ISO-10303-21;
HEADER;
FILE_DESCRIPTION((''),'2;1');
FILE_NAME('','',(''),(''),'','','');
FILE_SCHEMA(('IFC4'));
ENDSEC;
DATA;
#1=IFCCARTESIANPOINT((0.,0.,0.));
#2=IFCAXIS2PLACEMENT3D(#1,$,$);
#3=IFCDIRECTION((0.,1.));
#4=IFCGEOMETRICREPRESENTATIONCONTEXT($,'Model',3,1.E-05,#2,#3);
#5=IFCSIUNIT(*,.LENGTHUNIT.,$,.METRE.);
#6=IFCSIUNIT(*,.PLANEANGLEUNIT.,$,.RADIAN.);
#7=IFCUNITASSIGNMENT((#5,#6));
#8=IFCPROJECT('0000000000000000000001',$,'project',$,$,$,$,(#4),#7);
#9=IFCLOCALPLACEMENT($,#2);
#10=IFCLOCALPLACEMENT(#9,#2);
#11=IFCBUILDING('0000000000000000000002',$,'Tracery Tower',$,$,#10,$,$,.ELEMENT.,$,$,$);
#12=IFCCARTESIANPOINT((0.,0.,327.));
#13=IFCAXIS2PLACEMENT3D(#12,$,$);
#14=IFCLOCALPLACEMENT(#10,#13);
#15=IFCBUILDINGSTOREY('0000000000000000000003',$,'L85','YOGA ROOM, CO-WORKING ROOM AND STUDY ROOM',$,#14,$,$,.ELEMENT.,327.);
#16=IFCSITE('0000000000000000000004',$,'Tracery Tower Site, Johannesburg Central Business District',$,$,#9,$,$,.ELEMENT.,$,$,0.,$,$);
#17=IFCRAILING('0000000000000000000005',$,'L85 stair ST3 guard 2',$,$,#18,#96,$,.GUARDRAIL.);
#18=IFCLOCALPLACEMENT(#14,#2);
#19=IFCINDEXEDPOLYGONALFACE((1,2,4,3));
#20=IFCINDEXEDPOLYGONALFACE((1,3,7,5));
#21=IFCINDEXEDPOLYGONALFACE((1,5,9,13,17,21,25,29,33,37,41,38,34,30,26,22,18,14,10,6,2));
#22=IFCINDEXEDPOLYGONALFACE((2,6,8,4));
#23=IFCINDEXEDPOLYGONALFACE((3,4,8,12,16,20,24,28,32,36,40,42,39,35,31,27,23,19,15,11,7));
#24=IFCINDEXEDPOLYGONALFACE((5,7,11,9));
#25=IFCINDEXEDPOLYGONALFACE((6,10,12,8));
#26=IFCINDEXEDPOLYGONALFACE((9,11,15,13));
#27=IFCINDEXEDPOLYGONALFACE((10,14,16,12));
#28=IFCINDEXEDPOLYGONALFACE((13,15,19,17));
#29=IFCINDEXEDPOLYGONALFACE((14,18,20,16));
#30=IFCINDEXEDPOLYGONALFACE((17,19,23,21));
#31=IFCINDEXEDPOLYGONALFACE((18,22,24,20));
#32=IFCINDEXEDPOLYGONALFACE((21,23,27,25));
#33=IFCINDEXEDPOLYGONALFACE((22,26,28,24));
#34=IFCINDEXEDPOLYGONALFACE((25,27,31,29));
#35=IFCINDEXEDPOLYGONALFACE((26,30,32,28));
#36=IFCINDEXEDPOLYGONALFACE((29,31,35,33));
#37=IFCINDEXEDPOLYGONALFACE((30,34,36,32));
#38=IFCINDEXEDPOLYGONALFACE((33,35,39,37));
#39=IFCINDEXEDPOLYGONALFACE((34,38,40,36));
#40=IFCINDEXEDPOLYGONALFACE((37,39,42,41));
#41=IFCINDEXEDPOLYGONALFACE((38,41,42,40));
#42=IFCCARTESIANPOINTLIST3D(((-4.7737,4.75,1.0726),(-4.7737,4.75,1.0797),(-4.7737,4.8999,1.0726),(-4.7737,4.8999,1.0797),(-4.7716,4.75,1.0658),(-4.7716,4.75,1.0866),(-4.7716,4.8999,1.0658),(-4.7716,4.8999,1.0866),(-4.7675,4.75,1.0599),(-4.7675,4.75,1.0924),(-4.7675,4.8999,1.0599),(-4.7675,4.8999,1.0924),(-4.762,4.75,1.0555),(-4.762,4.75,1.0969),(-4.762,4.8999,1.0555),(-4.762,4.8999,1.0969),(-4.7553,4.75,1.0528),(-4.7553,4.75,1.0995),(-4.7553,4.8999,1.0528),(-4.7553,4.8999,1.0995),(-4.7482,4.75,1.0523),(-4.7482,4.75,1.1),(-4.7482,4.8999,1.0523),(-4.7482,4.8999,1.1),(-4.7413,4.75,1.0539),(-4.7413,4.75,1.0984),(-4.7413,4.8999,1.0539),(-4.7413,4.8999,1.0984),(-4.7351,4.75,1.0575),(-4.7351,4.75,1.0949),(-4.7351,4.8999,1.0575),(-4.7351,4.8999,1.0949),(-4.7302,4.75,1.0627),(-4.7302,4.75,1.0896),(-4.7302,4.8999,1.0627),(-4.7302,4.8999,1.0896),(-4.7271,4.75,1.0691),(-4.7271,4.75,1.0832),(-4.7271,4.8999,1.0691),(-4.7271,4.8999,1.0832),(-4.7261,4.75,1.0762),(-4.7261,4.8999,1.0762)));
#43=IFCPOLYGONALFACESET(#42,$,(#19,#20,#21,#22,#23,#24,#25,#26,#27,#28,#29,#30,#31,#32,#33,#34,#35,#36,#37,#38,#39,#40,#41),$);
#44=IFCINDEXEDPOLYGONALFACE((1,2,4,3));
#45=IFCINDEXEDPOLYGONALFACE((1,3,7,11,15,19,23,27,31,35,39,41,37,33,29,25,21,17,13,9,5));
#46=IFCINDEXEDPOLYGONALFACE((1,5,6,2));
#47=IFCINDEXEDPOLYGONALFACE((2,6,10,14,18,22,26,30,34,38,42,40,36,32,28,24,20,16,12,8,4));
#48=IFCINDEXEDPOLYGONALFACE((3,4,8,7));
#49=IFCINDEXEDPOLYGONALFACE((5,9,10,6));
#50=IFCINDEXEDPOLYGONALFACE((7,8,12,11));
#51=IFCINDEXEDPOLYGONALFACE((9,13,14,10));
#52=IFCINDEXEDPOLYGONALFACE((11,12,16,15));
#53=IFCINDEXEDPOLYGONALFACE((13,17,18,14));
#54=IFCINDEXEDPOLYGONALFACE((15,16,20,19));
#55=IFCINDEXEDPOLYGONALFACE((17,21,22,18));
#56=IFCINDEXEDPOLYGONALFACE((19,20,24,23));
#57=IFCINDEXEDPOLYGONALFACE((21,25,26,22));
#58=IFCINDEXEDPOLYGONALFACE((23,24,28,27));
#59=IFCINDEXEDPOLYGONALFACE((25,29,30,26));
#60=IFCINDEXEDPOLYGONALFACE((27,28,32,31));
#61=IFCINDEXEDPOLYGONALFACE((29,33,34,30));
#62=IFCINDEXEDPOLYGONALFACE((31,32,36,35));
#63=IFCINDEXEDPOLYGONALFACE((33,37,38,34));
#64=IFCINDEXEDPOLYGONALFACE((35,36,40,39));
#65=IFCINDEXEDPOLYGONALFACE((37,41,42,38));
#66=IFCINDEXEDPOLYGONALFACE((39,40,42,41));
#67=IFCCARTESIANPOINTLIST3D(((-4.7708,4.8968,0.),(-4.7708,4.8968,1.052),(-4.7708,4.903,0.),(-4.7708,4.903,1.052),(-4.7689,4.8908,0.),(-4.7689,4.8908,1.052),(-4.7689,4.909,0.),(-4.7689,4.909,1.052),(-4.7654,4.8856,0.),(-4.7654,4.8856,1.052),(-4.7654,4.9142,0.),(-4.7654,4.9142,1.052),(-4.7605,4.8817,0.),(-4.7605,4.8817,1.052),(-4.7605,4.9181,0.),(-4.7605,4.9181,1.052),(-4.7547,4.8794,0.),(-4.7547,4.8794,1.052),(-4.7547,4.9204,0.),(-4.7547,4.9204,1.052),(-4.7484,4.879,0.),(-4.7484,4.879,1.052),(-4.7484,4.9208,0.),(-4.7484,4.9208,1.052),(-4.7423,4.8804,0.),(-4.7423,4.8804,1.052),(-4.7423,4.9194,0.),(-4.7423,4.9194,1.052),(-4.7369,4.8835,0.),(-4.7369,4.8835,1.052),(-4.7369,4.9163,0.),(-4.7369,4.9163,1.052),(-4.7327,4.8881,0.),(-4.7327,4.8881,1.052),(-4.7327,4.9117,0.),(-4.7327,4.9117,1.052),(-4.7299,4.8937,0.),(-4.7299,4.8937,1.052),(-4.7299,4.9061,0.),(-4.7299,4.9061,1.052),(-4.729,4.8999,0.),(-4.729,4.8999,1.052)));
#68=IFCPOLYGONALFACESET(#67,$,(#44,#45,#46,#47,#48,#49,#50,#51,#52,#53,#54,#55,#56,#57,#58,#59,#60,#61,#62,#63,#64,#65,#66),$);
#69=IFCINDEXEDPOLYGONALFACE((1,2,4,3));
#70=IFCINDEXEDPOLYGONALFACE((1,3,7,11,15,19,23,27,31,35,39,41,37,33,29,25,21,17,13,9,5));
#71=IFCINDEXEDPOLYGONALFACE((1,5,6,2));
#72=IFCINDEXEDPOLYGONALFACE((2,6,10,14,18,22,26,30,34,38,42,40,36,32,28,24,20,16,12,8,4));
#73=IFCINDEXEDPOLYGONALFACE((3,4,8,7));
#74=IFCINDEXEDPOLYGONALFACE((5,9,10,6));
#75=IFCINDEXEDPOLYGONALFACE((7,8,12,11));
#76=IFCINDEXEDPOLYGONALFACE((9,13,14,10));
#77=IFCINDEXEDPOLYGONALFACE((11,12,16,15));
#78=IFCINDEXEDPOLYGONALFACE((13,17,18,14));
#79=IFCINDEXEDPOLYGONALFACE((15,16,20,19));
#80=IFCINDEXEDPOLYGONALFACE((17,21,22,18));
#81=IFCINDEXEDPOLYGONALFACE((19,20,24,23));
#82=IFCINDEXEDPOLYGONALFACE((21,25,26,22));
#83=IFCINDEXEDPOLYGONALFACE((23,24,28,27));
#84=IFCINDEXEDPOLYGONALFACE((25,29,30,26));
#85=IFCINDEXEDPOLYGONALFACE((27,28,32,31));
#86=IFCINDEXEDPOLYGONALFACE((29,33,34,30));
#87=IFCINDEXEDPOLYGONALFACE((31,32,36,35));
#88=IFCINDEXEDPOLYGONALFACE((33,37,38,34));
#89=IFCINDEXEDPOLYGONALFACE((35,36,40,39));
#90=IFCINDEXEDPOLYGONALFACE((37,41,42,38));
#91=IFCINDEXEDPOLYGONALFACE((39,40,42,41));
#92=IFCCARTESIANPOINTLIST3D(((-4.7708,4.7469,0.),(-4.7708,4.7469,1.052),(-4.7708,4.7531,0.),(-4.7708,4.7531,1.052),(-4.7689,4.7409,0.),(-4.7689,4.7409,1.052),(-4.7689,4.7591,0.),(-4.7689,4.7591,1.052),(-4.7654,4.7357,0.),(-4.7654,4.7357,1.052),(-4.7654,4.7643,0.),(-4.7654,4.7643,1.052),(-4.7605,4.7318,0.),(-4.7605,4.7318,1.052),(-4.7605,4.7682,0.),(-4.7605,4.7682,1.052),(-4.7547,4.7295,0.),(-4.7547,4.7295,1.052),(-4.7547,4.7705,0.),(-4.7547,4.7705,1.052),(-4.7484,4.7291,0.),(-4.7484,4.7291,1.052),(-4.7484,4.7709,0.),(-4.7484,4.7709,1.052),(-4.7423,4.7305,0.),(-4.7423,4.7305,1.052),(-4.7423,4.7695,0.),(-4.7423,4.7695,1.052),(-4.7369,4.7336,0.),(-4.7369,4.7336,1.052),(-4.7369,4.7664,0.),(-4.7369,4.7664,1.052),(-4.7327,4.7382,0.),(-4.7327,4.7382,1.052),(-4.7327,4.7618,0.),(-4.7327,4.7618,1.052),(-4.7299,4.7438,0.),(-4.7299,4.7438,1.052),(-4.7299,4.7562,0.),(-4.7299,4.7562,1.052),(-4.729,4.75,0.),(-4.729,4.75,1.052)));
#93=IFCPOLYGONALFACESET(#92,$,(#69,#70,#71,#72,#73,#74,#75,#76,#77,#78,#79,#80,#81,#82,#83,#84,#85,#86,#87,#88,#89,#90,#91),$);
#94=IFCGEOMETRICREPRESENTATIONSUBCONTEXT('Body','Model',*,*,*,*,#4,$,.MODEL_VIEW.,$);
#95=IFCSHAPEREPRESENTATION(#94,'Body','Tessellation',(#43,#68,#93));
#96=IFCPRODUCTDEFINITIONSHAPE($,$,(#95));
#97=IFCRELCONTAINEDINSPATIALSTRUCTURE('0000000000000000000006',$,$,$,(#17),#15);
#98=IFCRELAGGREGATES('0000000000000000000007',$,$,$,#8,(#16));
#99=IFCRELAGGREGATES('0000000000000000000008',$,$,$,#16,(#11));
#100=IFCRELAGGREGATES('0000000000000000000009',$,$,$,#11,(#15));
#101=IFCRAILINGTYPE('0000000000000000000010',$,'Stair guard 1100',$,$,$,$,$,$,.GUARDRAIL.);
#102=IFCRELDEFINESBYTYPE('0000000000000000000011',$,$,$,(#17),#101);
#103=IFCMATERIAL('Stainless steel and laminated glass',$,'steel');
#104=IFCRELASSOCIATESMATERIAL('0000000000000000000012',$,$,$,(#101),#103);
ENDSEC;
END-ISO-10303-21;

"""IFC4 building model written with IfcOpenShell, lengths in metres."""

from ifc_helpers import new_model, si_unit, direction, frame, origin, origin_2d, place, context, subcontext, project, spatial, circle, extrude, material, type_object, element, save


model = new_model("IFC4")

# Units and contexts
model_context = context("Model", 3, precision=1e-05, world=origin(), true_north=direction((0.0, 1.0)))
body_context = subcontext(model_context, "Body", "Model", "MODEL_VIEW")
ifc_project = project(units=[si_unit("LENGTHUNIT", "METRE"), si_unit("PLANEANGLEUNIT", "RADIAN")], contexts=[model_context])

# Site, building, storey
site_placement = place(None, origin())
site = spatial("IfcSite", under=ifc_project, at=site_placement, Name="Tracery Tower Site, Johannesburg Central Business District", CompositionType="ELEMENT", RefElevation=0.0)
building_placement = place(site_placement, origin())
building = spatial("IfcBuilding", under=site, at=building_placement, Name="Tracery Tower", CompositionType="ELEMENT")
storey_placement = place(building_placement, frame((0.0, 0.0, 327.0)))
storey = spatial("IfcBuildingStorey", under=building, at=storey_placement, Name="L85", Description="YOGA ROOM, CO-WORKING ROOM AND STUDY ROOM", CompositionType="ELEMENT", Elevation=327.0)

# Railing
ifc_material_1 = material(Name="Stainless steel and laminated glass", Category="steel")
railing_type_1 = type_object("IfcRailingType", Name="Stair guard 1100", PredefinedType="GUARDRAIL", material=ifc_material_1)
railing_1_placement = place(storey_placement, frame((-4.75, 4.8999, 0.0)))
element("IfcRailing", 1, at=railing_1_placement, inside=storey, type_object=railing_type_1, Name="L85 stair ST3 guard 2", PredefinedType="GUARDRAIL", context=body_context, shape_type="SweptSolid", body=[
    extrude(circle(Radius=0.0239, at=origin_2d()), frame((0.0, 0.0, 1.0762), z_axis=(0.0, -1.0, 0.0), x_axis=(1.0, 0.0, 0.0)), (0.0, 0.0, 1.0), 0.1499),
    extrude(circle(Radius=0.021, at=origin_2d()), origin(), (0.0, 0.0, 1.0), 1.052),
    extrude(circle(Radius=0.021, at=origin_2d()), frame((0.0, -0.1499, 0.0)), (0.0, 0.0, 1.0), 1.052),
])

save(model, "model.ifc")
